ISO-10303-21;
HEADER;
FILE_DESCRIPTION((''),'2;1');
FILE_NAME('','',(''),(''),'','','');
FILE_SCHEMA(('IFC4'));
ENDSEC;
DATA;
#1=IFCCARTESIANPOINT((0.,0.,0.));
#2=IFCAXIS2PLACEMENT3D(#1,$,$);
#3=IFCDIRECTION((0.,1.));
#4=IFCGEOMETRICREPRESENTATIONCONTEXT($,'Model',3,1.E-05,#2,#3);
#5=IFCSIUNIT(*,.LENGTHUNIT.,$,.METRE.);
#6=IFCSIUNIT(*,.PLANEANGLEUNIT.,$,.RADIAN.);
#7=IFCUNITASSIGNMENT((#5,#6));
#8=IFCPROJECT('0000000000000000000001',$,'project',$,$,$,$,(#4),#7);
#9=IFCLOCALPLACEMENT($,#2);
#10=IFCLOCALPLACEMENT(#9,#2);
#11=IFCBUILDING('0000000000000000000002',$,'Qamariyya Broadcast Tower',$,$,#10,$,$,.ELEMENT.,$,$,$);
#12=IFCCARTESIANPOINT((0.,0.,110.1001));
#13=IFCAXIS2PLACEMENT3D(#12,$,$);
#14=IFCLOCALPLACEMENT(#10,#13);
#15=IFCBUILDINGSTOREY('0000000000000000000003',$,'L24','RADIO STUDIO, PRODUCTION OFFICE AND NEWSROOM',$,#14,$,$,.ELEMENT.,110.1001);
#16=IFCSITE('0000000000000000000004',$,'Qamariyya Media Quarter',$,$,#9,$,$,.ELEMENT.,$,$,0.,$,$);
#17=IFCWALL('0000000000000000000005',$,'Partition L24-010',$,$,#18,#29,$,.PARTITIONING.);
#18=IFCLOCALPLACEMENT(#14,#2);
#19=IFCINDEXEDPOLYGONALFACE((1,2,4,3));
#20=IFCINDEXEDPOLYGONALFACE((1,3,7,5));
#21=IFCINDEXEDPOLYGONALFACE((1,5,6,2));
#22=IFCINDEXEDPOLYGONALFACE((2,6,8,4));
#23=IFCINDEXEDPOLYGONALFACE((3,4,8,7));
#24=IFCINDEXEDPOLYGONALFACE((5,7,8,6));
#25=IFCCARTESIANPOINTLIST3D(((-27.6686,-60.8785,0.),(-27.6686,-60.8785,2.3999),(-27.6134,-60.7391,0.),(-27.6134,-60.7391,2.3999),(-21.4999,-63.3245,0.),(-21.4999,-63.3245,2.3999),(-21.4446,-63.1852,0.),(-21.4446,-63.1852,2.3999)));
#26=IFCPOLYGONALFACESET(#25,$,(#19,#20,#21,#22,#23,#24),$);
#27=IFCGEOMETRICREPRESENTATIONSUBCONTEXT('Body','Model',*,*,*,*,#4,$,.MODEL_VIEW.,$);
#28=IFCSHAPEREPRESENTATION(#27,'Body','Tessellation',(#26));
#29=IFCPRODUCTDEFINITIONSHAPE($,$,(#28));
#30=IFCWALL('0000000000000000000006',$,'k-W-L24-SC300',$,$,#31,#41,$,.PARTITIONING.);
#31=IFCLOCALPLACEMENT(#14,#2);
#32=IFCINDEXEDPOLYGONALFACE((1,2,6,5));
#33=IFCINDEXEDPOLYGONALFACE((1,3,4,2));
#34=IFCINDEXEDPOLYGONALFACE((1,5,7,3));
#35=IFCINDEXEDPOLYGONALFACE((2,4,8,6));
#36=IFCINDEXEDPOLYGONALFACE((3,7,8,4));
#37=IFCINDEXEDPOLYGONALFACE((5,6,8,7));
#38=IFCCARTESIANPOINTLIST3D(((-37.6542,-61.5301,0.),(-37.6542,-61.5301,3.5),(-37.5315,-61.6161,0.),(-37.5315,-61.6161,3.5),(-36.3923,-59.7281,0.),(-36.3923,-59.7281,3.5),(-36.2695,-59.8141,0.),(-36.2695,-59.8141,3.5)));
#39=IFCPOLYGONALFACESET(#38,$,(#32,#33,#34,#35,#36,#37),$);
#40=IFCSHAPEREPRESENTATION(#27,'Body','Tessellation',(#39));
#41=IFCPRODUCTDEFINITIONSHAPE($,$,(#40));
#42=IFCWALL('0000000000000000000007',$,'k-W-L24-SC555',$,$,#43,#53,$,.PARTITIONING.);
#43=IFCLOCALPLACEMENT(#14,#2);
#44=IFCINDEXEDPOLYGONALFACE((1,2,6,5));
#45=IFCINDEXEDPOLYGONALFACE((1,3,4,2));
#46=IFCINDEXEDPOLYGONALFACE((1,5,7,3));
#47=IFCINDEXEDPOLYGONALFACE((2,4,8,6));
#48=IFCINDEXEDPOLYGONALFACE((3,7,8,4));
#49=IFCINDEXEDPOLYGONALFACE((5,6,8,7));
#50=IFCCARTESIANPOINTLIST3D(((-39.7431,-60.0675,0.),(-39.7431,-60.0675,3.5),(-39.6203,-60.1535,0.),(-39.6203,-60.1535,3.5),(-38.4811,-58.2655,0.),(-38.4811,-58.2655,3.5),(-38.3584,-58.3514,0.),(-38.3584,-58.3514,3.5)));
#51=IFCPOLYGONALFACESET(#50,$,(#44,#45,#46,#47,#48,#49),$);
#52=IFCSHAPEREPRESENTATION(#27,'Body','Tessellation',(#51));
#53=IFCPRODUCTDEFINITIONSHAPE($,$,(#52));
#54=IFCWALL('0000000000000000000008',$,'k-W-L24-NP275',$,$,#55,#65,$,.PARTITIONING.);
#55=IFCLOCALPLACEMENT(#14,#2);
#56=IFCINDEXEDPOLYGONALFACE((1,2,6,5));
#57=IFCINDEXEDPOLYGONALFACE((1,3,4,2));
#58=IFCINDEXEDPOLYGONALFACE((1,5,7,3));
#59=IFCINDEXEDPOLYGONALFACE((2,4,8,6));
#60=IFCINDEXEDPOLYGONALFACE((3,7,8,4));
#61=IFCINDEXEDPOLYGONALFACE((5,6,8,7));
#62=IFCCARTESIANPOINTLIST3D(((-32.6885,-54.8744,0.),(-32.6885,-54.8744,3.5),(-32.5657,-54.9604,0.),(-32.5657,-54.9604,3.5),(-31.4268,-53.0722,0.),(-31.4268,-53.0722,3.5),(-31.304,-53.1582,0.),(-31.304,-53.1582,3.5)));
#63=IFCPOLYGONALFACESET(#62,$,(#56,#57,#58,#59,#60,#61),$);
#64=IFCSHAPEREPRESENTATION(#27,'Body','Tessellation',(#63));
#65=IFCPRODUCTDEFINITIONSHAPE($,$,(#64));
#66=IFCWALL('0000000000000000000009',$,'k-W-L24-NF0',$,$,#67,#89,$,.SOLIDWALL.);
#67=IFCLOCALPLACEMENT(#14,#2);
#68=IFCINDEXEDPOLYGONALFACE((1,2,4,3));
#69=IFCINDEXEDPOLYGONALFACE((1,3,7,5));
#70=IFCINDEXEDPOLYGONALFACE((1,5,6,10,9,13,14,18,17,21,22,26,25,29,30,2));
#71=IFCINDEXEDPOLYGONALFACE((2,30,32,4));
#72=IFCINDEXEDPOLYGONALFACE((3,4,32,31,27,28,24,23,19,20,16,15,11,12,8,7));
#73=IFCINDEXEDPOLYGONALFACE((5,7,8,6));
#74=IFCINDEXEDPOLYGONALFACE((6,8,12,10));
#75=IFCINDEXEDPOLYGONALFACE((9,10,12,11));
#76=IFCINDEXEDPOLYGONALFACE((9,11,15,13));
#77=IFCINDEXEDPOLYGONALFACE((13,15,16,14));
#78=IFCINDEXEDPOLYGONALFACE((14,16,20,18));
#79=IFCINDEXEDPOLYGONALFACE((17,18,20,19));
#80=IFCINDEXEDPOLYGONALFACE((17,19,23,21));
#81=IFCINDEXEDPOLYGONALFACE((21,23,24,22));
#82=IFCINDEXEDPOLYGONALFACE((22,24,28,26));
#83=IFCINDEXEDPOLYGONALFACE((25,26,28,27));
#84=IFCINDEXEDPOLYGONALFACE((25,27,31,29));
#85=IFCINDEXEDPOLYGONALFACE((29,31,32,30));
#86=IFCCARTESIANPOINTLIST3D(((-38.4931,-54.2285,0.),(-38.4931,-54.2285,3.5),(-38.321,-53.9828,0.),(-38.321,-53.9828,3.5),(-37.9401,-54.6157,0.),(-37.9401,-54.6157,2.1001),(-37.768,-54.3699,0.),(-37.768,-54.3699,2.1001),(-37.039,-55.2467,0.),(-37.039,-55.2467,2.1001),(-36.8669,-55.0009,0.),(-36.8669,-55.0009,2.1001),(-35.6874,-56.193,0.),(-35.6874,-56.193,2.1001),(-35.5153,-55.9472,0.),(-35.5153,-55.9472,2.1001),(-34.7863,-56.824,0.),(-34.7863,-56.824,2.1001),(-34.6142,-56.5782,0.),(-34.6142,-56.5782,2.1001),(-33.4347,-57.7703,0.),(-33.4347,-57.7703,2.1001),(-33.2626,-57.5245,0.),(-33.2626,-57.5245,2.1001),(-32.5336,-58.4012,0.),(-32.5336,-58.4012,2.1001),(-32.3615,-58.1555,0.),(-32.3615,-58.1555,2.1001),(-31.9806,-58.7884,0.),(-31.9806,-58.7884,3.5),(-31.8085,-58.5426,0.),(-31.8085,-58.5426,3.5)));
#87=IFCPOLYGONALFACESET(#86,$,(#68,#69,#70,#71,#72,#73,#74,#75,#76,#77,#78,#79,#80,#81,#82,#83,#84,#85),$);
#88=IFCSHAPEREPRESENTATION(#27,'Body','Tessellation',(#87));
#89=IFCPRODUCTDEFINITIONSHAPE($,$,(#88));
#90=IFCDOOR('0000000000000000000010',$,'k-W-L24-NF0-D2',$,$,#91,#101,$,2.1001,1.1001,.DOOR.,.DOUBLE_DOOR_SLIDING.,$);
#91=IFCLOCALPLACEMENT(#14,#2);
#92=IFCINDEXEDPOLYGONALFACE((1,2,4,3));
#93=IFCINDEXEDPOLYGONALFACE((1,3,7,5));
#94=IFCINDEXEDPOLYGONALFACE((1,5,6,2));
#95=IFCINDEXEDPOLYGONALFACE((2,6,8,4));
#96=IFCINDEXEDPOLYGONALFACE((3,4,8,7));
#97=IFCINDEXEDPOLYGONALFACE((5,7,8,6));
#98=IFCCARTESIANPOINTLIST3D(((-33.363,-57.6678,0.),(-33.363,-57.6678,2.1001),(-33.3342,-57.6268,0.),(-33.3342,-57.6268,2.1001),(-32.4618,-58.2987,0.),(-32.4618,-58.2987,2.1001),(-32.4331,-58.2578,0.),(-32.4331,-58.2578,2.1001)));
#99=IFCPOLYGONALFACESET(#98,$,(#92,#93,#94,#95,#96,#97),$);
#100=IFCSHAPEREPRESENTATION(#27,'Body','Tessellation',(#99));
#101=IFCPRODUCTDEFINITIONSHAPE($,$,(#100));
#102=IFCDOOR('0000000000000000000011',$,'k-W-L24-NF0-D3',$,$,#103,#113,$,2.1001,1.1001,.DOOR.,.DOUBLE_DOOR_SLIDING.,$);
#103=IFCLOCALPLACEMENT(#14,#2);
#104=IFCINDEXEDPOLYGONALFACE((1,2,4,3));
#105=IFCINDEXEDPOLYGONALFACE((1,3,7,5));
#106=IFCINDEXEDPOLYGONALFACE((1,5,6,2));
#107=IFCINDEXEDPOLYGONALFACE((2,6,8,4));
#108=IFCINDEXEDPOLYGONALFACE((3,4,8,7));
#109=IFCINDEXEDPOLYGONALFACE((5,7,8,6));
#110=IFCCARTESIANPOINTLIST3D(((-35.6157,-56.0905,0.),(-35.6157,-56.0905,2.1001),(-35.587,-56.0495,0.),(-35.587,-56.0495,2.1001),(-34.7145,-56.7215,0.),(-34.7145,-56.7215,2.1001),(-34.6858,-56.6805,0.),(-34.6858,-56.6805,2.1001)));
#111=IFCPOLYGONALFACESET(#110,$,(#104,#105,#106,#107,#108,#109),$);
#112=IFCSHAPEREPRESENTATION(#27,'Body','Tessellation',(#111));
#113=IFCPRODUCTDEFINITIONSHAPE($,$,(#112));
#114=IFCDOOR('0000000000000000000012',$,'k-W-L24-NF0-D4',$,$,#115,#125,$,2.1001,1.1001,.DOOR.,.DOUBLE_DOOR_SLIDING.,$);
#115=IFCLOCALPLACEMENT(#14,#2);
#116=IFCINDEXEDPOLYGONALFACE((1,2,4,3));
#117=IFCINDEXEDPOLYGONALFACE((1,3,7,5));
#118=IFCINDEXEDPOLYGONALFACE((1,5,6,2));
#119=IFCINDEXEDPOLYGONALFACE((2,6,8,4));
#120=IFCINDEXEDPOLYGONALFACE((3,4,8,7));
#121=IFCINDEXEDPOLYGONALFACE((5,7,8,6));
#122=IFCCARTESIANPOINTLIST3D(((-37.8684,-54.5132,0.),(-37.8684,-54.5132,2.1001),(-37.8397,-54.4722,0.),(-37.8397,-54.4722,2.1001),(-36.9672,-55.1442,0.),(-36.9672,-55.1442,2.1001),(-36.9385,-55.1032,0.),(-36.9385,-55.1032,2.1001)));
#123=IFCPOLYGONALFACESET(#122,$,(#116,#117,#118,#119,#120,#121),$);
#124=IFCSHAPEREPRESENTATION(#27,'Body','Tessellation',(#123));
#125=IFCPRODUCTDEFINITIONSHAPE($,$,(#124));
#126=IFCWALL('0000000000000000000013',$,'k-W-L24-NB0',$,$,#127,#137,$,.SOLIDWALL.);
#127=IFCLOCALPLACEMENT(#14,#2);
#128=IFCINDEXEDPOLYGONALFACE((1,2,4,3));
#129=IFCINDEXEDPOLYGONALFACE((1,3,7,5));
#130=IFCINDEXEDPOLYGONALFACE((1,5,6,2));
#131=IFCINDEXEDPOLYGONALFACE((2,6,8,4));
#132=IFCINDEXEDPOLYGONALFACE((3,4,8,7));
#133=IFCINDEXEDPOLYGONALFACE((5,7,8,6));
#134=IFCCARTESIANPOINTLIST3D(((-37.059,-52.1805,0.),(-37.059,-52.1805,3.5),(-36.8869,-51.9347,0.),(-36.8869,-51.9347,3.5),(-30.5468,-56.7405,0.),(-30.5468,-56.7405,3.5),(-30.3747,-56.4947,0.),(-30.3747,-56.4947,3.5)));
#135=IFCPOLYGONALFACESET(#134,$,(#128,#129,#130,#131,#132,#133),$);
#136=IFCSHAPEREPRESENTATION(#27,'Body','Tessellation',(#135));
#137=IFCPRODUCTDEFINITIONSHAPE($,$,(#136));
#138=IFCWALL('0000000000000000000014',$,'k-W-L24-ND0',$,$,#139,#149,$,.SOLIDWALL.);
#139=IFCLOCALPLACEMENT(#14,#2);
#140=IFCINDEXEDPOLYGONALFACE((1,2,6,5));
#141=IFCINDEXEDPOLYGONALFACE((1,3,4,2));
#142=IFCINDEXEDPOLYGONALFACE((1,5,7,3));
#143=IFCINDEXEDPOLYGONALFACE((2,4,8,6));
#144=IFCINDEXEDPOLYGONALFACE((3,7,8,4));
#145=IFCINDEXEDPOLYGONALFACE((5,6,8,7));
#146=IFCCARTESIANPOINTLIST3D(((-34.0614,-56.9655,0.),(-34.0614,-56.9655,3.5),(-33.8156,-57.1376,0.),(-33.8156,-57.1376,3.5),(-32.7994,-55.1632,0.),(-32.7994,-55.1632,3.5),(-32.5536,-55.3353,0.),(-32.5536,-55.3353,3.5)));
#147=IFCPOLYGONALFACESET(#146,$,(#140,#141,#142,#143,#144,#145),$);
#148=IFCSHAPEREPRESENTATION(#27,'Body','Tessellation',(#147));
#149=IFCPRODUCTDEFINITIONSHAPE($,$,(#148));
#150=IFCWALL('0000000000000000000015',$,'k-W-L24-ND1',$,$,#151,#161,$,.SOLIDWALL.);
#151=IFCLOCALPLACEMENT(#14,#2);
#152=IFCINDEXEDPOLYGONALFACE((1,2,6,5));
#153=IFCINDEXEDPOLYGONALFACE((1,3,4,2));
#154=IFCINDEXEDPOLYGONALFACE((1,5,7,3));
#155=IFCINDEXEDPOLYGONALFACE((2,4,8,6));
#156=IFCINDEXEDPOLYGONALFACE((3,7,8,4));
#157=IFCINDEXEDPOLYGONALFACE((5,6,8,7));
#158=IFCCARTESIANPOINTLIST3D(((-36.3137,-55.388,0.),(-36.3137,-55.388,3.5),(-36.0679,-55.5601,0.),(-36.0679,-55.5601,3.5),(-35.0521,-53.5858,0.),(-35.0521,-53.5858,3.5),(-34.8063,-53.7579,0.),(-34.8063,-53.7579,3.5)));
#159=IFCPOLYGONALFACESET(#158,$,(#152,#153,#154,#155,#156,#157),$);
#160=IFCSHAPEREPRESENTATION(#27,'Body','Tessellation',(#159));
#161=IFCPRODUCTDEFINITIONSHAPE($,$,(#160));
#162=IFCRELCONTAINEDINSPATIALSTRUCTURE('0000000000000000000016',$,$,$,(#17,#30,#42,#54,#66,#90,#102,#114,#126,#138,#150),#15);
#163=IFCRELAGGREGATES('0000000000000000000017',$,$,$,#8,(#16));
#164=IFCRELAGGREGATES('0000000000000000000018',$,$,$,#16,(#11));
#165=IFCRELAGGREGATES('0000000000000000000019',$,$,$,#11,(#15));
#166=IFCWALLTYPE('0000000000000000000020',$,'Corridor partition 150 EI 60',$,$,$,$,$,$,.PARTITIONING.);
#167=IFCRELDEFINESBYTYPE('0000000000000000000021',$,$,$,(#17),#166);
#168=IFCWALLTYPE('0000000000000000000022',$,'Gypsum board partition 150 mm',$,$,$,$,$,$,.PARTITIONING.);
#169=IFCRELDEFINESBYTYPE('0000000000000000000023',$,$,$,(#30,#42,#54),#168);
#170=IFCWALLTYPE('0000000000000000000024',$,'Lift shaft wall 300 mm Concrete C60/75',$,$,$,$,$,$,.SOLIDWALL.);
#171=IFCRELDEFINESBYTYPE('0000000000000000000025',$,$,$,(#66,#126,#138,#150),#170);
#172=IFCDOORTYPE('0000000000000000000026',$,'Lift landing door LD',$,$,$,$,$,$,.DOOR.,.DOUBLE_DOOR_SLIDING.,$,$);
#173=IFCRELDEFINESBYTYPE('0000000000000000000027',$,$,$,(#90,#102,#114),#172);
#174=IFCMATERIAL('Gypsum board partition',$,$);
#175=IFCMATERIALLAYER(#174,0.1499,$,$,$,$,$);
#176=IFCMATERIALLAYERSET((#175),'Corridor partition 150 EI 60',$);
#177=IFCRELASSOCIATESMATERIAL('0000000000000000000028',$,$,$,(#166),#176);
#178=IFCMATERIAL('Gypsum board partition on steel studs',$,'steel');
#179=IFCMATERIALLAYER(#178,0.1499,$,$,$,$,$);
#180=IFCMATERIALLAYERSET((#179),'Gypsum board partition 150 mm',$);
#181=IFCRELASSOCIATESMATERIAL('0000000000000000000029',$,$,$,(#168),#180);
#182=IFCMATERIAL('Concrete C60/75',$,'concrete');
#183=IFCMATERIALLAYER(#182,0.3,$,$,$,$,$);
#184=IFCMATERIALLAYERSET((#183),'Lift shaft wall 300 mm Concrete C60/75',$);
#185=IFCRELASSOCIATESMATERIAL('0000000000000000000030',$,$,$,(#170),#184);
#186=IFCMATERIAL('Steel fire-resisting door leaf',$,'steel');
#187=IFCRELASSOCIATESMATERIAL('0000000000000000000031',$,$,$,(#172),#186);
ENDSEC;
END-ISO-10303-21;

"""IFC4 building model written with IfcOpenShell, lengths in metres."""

from ifc_helpers import new_model, si_unit, direction, frame, frame_2d, origin, place, context, subcontext, project, spatial, rectangle, extrude, material, layer, layer_set, type_object, element, fill, save


model = new_model("IFC4")

# Units and contexts
model_context = context("Model", 3, precision=1e-05, world=origin(), true_north=direction((0.0, 1.0)))
body_context = subcontext(model_context, "Body", "Model", "MODEL_VIEW")
ifc_project = project(units=[si_unit("LENGTHUNIT", "METRE"), si_unit("PLANEANGLEUNIT", "RADIAN")], contexts=[model_context])

# Site, building, storey
site_placement = place(None, origin())
site = spatial("IfcSite", under=ifc_project, at=site_placement, Name="Qamariyya Media Quarter", CompositionType="ELEMENT", RefElevation=0.0)
building_placement = place(site_placement, origin())
building = spatial("IfcBuilding", under=site, at=building_placement, Name="Qamariyya Broadcast Tower", CompositionType="ELEMENT")
storey_placement = place(building_placement, frame((0.0, 0.0, 110.1001)))
storey = spatial("IfcBuildingStorey", under=building, at=storey_placement, Name="L24", Description="RADIO STUDIO, PRODUCTION OFFICE AND NEWSROOM", CompositionType="ELEMENT", Elevation=110.1001)

# Walls
ifc_material_1 = material(Name="Gypsum board partition")
ifc_layer_1 = layer(ifc_material_1, 0.1499)
ifc_layer_set_1 = layer_set([ifc_layer_1], Name="Corridor partition 150 EI 60")
wall_type_1 = type_object("IfcWallType", Name="Corridor partition 150 EI 60", PredefinedType="PARTITIONING", material=ifc_layer_set_1)
wall_1_placement = place(storey_placement, frame((-27.6409, -60.8088, 0.0), z_axis=(0.0, 0.0, 1.0), x_axis=(0.929586, -0.368604, 0.0)))
element("IfcWall", 1, at=wall_1_placement, inside=storey, type_object=wall_type_1, Name="Partition L24-010", PredefinedType="PARTITIONING", context=body_context, shape_type="SweptSolid", body=[
    extrude(rectangle(XDim=6.636, YDim=0.1499, at=frame_2d((3.3179, 0.0))), origin(), (0.0, 0.0, 1.0), 2.3999),
])
ifc_material_2 = material(Name="Gypsum board partition on steel studs", Category="steel")
ifc_layer_2 = layer(ifc_material_2, 0.1499)
ifc_layer_set_2 = layer_set([ifc_layer_2], Name="Gypsum board partition 150 mm")
wall_type_2 = type_object("IfcWallType", Name="Gypsum board partition 150 mm", PredefinedType="PARTITIONING", material=ifc_layer_set_2)
for number, where, z_axis, x_axis, name in (
    (2, (-36.3308, -59.771, 0.0), (0.0, 0.0, 1.0), (-0.573634, -0.819112, 0.0), "k-W-L24-SC300"),
    (3, (-38.4197, -58.3083, 0.0), (0.0, 0.0, 1.0), (-0.573634, -0.819112, 0.0), "k-W-L24-SC555"),
    (4, (-32.6272, -54.9175, 0.0), (0.0, 0.0, 1.0), (0.573507, 0.819201, 0.0), "k-W-L24-NP275"),
):
    element("IfcWall", number, at=place(storey_placement, frame(where, z_axis=z_axis, x_axis=x_axis)), inside=storey, type_object=wall_type_2, Name=name, PredefinedType="PARTITIONING", context=body_context, shape_type="SweptSolid", body=[
        extrude(rectangle(XDim=2.2, YDim=0.1499, at=frame_2d((1.1001, 0.0))), origin(), (0.0, 0.0, 1.0), 3.5),
    ])

# Wall, openings, doors
ifc_material_3 = material(Name="Concrete C60/75", Category="concrete")
ifc_layer_3 = layer(ifc_material_3, 0.3)
ifc_layer_set_3 = layer_set([ifc_layer_3], Name="Lift shaft wall 300 mm Concrete C60/75")
wall_type_3 = type_object("IfcWallType", Name="Lift shaft wall 300 mm Concrete C60/75", PredefinedType="SOLIDWALL", material=ifc_layer_set_3)
wall_2_placement = place(storey_placement, frame((-31.8945, -58.6655, 0.0), z_axis=(0.0, 0.0, 1.0), x_axis=(-0.819167, 0.573555, 0.0)))
wall_2 = element("IfcWall", 5, at=wall_2_placement, inside=storey, type_object=wall_type_3, Name="k-W-L24-NF0", PredefinedType="SOLIDWALL", context=body_context, shape_type="SweptSolid", body=[
    extrude(rectangle(XDim=7.9502, YDim=0.3, at=frame_2d((3.9751, 0.0))), origin(), (0.0, 0.0, 1.0), 3.5),
])
opening_1_placement = place(wall_2_placement, frame((0.675, 0.0, 0.0)))
opening_1 = element("IfcOpeningElement", 6, at=opening_1_placement, cuts=wall_2, PredefinedType="OPENING", context=body_context, shape_type="SweptSolid", body=[
    extrude(rectangle(XDim=1.1001, YDim=2.1001, at=frame_2d((0.55, 1.05))), frame((0.0, 0.1599, 0.0), z_axis=(0.0, -1.0, 0.0), x_axis=(1.0, 0.0, 0.0)), (0.0, 0.0, 1.0), 0.3201),
])
opening_2_placement = place(wall_2_placement, frame((3.425, 0.0, 0.0)))
opening_2 = element("IfcOpeningElement", 7, at=opening_2_placement, cuts=wall_2, PredefinedType="OPENING", context=body_context, shape_type="SweptSolid", body=[
    extrude(rectangle(XDim=1.1001, YDim=2.1001, at=frame_2d((0.55, 1.05))), frame((0.0, 0.1599, 0.0), z_axis=(0.0, -1.0, 0.0), x_axis=(1.0, 0.0, 0.0)), (0.0, 0.0, 1.0), 0.3201),
])
opening_3_placement = place(wall_2_placement, frame((6.175, 0.0, 0.0)))
opening_3 = element("IfcOpeningElement", 8, at=opening_3_placement, cuts=wall_2, PredefinedType="OPENING", context=body_context, shape_type="SweptSolid", body=[
    extrude(rectangle(XDim=1.1001, YDim=2.1001, at=frame_2d((0.55, 1.05))), frame((0.0, 0.1599, 0.0), z_axis=(0.0, -1.0, 0.0), x_axis=(1.0, 0.0, 0.0)), (0.0, 0.0, 1.0), 0.3201),
])
ifc_material_4 = material(Name="Steel fire-resisting door leaf", Category="steel")
door_type_1 = type_object("IfcDoorType", Name="Lift landing door LD", OperationType="DOUBLE_DOOR_SLIDING", PredefinedType="DOOR", material=ifc_material_4)
door_1_placement = place(opening_1_placement, origin())
door_1 = element("IfcDoor", 9, at=door_1_placement, inside=storey, type_object=door_type_1, Name="k-W-L24-NF0-D2", OperationType="DOUBLE_DOOR_SLIDING", OverallHeight=2.1001, OverallWidth=1.1001, PredefinedType="DOOR", context=body_context, shape_type="SweptSolid", body=[
    extrude(rectangle(XDim=1.1001, YDim=2.1001, at=frame_2d((0.55, 1.05))), frame((0.0, 0.0249, 0.0), z_axis=(0.0, -1.0, 0.0), x_axis=(1.0, 0.0, 0.0)), (0.0, 0.0, 1.0), 0.05),
])
fill(opening_1, door_1)
door_2_placement = place(opening_2_placement, origin())
door_2 = element("IfcDoor", 10, at=door_2_placement, inside=storey, type_object=door_type_1, Name="k-W-L24-NF0-D3", OperationType="DOUBLE_DOOR_SLIDING", OverallHeight=2.1001, OverallWidth=1.1001, PredefinedType="DOOR", context=body_context, shape_type="SweptSolid", body=[
    extrude(rectangle(XDim=1.1001, YDim=2.1001, at=frame_2d((0.55, 1.05))), frame((0.0, 0.0249, 0.0), z_axis=(0.0, -1.0, 0.0), x_axis=(1.0, 0.0, 0.0)), (0.0, 0.0, 1.0), 0.05),
])
fill(opening_2, door_2)
door_3_placement = place(opening_3_placement, origin())
door_3 = element("IfcDoor", 11, at=door_3_placement, inside=storey, type_object=door_type_1, Name="k-W-L24-NF0-D4", OperationType="DOUBLE_DOOR_SLIDING", OverallHeight=2.1001, OverallWidth=1.1001, PredefinedType="DOOR", context=body_context, shape_type="SweptSolid", body=[
    extrude(rectangle(XDim=1.1001, YDim=2.1001, at=frame_2d((0.55, 1.05))), frame((0.0, 0.0249, 0.0), z_axis=(0.0, -1.0, 0.0), x_axis=(1.0, 0.0, 0.0)), (0.0, 0.0, 1.0), 0.05),
])
fill(opening_3, door_3)

# Walls
wall_3_placement = place(storey_placement, frame((-30.4607, -56.6177, 0.0), z_axis=(0.0, 0.0, 1.0), x_axis=(-0.819142, 0.57359, 0.0)))
element("IfcWall", 12, at=wall_3_placement, inside=storey, type_object=wall_type_3, Name="k-W-L24-NB0", PredefinedType="SOLIDWALL", context=body_context, shape_type="SweptSolid", body=[
    extrude(rectangle(XDim=7.95, YDim=0.3, at=frame_2d((3.9751, 0.0))), origin(), (0.0, 0.0, 1.0), 3.5),
])
wall_4_placement = place(storey_placement, frame((-33.9385, -57.0515, 0.0), z_axis=(0.0, 0.0, 1.0), x_axis=(0.573581, 0.819149, 0.0)))
element("IfcWall", 13, at=wall_4_placement, inside=storey, type_object=wall_type_3, Name="k-W-L24-ND0", PredefinedType="SOLIDWALL", context=body_context, shape_type="SweptSolid", body=[
    extrude(rectangle(XDim=2.2002, YDim=0.3, at=frame_2d((1.1001, 0.0))), origin(), (0.0, 0.0, 1.0), 3.5),
])
wall_5_placement = place(storey_placement, frame((-36.1909, -55.4741, 0.0), z_axis=(0.0, 0.0, 1.0), x_axis=(0.573507, 0.819201, 0.0)))
element("IfcWall", 14, at=wall_5_placement, inside=storey, type_object=wall_type_3, Name="k-W-L24-ND1", PredefinedType="SOLIDWALL", context=body_context, shape_type="SweptSolid", body=[
    extrude(rectangle(XDim=2.2, YDim=0.3, at=frame_2d((1.1001, 0.0))), origin(), (0.0, 0.0, 1.0), 3.5),
])

save(model, "model.ifc")
